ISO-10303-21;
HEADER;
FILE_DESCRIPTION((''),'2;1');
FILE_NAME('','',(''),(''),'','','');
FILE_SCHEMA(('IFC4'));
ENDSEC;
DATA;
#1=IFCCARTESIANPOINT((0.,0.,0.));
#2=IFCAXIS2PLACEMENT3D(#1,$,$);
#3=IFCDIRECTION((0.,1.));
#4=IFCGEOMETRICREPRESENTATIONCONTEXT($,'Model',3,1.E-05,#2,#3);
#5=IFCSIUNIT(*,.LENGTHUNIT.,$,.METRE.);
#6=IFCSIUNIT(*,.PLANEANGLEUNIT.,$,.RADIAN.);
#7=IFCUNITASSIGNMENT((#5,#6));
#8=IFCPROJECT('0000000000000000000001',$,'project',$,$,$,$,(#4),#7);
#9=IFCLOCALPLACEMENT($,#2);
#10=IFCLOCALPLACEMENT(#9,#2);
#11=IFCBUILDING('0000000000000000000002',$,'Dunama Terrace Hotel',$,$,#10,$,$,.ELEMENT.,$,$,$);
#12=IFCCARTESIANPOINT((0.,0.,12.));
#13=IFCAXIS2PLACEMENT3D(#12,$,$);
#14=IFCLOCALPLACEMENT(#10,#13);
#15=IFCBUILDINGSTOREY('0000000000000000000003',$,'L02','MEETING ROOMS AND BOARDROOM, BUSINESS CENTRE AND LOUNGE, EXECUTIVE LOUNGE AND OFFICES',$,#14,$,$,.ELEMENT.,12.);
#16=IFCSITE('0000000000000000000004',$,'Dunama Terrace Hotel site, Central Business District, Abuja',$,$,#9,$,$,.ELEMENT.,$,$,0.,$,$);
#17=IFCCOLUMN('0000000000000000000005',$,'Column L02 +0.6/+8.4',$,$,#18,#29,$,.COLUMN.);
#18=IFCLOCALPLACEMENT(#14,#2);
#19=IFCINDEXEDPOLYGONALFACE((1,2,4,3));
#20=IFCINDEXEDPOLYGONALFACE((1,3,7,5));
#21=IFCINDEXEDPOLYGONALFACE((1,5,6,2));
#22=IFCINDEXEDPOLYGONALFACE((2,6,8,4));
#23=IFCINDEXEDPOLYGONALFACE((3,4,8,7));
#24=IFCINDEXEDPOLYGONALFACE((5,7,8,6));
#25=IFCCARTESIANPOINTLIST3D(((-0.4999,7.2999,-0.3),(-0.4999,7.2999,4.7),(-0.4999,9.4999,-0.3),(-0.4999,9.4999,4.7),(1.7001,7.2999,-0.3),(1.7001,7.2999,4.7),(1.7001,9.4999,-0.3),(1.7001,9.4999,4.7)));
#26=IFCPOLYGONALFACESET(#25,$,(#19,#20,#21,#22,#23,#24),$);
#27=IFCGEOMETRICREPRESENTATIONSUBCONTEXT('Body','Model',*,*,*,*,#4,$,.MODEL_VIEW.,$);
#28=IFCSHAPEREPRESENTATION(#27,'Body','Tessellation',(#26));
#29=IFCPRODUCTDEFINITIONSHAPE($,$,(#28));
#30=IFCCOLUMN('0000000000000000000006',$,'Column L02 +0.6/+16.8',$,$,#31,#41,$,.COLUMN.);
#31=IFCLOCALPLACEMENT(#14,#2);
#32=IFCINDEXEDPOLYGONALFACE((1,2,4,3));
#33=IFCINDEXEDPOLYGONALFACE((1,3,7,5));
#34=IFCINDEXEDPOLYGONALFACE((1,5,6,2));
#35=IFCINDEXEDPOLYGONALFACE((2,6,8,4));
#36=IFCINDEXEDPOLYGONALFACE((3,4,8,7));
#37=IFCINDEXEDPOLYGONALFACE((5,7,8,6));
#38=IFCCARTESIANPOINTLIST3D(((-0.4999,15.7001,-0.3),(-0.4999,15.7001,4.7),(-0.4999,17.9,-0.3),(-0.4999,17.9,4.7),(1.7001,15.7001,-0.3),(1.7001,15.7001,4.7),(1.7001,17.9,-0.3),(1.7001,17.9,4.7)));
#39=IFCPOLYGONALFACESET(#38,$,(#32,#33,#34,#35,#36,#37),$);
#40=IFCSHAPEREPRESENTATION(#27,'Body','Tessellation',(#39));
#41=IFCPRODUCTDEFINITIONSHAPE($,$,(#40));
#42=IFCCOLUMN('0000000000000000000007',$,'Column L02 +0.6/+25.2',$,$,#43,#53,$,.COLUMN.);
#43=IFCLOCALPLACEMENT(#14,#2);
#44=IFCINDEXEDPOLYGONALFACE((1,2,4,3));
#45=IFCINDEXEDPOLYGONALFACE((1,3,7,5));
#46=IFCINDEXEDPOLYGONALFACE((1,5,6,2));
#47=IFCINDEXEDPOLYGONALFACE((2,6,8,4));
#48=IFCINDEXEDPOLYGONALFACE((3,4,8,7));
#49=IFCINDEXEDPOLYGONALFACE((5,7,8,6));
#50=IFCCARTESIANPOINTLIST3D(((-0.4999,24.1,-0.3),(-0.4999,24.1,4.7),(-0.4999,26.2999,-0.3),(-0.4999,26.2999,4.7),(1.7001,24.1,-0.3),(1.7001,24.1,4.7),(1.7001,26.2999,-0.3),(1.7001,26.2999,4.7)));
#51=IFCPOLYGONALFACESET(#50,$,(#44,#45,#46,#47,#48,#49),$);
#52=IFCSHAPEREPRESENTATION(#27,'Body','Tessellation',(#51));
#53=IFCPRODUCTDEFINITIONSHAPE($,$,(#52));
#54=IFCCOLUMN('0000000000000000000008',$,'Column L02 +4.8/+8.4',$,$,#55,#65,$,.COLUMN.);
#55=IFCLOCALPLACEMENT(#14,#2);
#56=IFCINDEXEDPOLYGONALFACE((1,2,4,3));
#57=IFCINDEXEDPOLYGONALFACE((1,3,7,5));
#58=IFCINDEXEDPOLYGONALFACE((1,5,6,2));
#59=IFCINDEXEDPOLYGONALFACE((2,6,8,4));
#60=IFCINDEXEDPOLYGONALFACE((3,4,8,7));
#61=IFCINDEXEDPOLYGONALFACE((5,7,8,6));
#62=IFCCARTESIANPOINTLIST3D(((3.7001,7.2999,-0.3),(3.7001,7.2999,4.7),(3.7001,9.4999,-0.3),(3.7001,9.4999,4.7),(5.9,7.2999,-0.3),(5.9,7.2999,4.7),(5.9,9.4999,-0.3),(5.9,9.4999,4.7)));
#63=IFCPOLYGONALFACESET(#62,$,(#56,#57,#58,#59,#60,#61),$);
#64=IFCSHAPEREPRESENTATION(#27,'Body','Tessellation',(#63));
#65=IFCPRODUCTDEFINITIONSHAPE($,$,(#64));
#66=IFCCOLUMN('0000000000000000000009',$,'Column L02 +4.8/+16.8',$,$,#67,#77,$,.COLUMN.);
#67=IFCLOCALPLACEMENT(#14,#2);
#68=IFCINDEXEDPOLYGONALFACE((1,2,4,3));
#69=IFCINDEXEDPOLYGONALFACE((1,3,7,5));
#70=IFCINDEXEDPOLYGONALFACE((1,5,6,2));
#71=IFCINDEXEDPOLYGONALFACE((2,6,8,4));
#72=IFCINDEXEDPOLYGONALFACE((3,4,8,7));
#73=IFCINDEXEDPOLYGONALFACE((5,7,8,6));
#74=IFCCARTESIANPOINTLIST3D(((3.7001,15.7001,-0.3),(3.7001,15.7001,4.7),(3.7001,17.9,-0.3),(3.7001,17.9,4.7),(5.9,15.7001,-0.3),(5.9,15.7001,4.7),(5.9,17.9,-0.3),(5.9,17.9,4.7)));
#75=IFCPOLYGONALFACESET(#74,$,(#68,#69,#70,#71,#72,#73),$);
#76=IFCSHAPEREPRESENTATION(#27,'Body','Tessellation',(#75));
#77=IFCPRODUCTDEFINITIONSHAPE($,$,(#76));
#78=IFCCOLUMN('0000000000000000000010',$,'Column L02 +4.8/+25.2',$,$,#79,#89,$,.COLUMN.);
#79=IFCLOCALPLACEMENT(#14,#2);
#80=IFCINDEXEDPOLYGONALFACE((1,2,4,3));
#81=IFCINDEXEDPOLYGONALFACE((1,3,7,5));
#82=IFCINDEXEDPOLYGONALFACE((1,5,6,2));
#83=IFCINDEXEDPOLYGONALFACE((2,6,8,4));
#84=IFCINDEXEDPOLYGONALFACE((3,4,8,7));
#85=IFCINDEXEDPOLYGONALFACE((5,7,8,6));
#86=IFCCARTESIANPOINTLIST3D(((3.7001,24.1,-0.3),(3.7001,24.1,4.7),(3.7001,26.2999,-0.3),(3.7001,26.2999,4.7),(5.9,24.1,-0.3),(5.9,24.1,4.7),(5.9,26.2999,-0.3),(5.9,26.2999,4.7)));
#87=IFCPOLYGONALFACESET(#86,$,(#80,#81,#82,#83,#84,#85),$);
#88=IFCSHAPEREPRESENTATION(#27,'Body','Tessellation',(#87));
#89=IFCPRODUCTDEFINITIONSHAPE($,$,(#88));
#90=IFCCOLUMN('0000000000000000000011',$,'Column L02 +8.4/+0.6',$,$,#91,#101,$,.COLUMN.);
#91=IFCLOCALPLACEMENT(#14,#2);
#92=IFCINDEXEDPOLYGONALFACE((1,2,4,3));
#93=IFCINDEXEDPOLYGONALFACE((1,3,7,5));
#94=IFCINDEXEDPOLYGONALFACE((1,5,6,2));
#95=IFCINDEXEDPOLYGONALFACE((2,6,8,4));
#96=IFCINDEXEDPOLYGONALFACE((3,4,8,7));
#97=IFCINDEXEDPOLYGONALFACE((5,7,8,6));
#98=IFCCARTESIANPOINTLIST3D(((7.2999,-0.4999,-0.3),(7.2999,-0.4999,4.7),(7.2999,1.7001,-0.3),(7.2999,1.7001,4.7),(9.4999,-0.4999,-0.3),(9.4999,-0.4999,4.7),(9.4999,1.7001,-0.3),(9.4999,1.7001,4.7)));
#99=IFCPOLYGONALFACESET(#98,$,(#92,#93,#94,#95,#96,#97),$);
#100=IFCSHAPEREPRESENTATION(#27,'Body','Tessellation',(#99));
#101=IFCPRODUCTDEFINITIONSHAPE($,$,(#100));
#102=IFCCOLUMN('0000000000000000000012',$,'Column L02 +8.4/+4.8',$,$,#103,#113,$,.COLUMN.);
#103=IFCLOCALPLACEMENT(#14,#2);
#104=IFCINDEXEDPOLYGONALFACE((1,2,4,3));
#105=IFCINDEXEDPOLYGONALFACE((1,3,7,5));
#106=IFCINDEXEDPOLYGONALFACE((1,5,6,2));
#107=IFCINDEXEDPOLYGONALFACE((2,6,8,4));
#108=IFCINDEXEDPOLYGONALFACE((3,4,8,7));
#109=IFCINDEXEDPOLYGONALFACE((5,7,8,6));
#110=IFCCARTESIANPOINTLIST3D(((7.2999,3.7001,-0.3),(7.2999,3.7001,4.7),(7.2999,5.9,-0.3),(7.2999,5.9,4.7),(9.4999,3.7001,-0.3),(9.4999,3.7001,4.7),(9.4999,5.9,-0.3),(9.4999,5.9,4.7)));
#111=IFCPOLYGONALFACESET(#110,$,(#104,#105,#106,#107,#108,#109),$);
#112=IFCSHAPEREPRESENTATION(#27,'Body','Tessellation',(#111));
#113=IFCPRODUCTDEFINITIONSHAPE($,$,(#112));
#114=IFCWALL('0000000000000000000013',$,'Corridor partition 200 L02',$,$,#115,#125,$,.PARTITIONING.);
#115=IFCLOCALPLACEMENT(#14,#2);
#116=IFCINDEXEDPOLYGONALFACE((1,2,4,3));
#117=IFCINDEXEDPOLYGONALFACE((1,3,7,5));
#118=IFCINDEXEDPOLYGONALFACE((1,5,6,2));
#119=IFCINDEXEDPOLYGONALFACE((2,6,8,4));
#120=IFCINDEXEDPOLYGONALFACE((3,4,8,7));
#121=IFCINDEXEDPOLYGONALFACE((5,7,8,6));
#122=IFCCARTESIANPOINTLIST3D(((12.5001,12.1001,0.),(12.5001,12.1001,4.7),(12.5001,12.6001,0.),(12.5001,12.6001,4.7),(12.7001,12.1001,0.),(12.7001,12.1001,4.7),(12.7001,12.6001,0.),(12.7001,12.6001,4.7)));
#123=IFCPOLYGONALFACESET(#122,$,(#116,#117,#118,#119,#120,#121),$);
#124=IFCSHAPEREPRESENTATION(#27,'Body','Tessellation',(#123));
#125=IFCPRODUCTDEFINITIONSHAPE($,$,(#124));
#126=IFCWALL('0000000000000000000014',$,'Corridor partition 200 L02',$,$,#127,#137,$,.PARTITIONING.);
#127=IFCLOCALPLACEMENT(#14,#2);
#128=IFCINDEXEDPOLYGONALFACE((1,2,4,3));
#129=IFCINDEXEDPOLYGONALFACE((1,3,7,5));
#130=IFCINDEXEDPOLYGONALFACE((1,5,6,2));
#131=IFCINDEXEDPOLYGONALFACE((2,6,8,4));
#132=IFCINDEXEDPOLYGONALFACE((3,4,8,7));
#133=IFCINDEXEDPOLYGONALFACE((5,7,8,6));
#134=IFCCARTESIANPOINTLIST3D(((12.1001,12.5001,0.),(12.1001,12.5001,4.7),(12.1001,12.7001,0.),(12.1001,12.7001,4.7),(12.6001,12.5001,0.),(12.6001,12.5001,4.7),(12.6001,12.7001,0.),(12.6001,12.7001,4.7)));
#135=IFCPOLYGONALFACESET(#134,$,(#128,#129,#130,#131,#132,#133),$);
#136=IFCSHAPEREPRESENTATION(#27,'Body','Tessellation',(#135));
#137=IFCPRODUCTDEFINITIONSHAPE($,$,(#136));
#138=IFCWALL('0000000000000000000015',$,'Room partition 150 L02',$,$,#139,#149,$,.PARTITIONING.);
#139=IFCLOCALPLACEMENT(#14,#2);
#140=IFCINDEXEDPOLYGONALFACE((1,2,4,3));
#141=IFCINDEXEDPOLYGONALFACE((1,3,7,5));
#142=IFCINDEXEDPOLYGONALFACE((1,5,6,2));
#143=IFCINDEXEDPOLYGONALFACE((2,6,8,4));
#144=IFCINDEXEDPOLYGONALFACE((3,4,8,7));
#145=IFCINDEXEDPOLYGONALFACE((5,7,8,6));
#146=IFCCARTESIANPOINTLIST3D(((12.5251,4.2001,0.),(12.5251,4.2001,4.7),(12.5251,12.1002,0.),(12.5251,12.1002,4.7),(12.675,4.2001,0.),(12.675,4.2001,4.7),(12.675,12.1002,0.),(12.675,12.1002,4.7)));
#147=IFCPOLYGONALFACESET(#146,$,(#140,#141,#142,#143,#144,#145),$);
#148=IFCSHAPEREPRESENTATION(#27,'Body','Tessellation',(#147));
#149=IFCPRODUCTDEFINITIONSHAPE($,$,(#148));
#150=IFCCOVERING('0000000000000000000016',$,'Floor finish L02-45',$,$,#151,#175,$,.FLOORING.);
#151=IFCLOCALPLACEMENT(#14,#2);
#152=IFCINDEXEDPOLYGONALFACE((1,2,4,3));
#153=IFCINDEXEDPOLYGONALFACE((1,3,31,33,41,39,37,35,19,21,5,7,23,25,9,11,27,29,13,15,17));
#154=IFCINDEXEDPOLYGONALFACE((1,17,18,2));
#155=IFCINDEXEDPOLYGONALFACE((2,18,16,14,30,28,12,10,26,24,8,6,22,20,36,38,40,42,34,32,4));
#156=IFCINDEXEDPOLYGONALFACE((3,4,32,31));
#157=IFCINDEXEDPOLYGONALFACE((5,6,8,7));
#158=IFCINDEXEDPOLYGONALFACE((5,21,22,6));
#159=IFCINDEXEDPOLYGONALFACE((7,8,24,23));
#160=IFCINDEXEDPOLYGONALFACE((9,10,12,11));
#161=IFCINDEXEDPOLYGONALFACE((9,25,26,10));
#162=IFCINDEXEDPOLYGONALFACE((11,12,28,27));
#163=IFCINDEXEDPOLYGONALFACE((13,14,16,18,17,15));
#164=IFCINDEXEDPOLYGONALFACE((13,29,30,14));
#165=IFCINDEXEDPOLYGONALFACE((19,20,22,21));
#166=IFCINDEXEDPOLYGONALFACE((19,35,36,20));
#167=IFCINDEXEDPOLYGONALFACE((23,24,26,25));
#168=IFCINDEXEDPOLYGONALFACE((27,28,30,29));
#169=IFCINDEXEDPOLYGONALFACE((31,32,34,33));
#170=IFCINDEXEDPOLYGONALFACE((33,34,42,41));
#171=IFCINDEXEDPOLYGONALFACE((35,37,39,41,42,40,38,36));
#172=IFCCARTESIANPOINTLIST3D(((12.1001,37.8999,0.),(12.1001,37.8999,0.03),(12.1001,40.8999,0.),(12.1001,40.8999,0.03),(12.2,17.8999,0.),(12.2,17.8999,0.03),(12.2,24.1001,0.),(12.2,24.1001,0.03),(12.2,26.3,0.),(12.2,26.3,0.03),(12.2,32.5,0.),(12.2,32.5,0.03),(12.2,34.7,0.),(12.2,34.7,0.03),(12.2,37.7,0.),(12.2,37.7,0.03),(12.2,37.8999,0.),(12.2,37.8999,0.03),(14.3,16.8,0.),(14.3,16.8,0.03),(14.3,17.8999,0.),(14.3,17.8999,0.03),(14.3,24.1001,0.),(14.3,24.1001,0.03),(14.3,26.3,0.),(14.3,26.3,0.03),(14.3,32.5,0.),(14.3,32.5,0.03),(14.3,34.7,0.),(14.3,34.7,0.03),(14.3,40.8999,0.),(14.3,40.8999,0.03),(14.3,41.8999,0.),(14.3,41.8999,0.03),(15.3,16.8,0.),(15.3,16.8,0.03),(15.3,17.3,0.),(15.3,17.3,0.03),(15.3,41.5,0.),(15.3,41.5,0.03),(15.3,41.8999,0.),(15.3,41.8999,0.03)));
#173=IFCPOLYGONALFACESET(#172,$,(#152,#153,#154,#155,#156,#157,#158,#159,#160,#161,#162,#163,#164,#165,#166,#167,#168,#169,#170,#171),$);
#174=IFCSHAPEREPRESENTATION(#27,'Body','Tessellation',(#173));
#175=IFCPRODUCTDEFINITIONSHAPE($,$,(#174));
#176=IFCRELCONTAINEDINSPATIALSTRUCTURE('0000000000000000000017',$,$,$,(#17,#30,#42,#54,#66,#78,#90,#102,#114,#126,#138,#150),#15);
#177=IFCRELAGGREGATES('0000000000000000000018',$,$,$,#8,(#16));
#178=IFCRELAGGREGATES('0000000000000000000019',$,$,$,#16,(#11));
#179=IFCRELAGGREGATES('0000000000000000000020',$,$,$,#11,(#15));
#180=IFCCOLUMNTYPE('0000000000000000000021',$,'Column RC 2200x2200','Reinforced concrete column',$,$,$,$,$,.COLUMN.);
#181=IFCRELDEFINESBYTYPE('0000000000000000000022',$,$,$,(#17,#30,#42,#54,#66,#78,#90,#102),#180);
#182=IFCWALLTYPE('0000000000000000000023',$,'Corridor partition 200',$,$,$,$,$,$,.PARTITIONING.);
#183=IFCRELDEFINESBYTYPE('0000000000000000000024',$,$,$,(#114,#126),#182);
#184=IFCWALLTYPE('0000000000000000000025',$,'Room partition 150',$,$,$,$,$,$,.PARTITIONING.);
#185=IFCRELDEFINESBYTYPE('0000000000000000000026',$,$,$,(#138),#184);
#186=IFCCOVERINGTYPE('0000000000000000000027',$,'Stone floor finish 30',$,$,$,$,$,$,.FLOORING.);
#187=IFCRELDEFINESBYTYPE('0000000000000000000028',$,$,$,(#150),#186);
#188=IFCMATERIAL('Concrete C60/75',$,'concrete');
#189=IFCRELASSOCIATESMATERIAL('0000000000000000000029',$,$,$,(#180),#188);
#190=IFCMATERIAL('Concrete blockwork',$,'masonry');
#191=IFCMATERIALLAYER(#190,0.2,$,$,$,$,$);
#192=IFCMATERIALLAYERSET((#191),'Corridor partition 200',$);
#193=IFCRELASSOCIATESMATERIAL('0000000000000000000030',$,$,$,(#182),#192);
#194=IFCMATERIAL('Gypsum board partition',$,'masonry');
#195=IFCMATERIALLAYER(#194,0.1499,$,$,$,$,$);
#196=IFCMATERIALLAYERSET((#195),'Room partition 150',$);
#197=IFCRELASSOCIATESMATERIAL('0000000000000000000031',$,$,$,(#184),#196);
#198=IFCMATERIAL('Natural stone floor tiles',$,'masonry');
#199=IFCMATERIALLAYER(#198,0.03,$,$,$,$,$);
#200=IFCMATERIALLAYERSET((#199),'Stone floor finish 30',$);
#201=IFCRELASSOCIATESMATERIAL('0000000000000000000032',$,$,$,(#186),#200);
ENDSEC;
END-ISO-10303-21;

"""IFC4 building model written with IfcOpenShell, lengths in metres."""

from ifc_helpers import new_model, si_unit, direction, frame, frame_2d, origin, origin_2d, place, context, subcontext, project, spatial, polyline, rectangle, outline, extrude, material, layer, layer_set, material_profile, profile_set, type_object, element, save


model = new_model("IFC4")

# Units and contexts
model_context = context("Model", 3, precision=1e-05, world=origin(), true_north=direction((0.0, 1.0)))
body_context = subcontext(model_context, "Body", "Model", "MODEL_VIEW")
ifc_project = project(units=[si_unit("LENGTHUNIT", "METRE"), si_unit("PLANEANGLEUNIT", "RADIAN")], contexts=[model_context])

# Site, building, storey
site_placement = place(None, origin())
site = spatial("IfcSite", under=ifc_project, at=site_placement, Name="Dunama Terrace Hotel site, Central Business District, Abuja", CompositionType="ELEMENT", RefElevation=0.0)
building_placement = place(site_placement, origin())
building = spatial("IfcBuilding", under=site, at=building_placement, Name="Dunama Terrace Hotel", CompositionType="ELEMENT")
storey_placement = place(building_placement, frame((0.0, 0.0, 12.0)))
storey = spatial("IfcBuildingStorey", under=building, at=storey_placement, Name="L02", Description="MEETING ROOMS AND BOARDROOM, BUSINESS CENTRE AND LOUNGE, EXECUTIVE LOUNGE AND OFFICES", CompositionType="ELEMENT", Elevation=12.0)

# Columns
ifc_material_1 = material(Name="Concrete C60/75", Category="concrete")
ifc_material_profile = material_profile(ifc_material_1, rectangle(XDim=2.2, YDim=2.2, at=origin_2d()), Name="RC 2200x2200")
ifc_profile_set = profile_set([ifc_material_profile], Name="Concrete C60/75")
column_type = type_object("IfcColumnType", Name="Column RC 2200x2200", Description="Reinforced concrete column", PredefinedType="COLUMN", material=ifc_profile_set)
for number, where, z_axis, x_axis, name in (
    (1, (0.6001, 8.3999, -0.3), (0.0, 0.0, 1.0), (1.0, 0.0, 0.0), "Column L02 +0.6/+8.4"),
    (2, (0.6001, 16.8, -0.3), (0.0, 0.0, 1.0), (1.0, 0.0, 0.0), "Column L02 +0.6/+16.8"),
    (3, (0.6001, 25.2, -0.3), (0.0, 0.0, 1.0), (1.0, 0.0, 0.0), "Column L02 +0.6/+25.2"),
    (4, (4.8, 8.3999, -0.3), (0.0, 0.0, 1.0), (1.0, 0.0, 0.0), "Column L02 +4.8/+8.4"),
    (5, (4.8, 16.8, -0.3), (0.0, 0.0, 1.0), (1.0, 0.0, 0.0), "Column L02 +4.8/+16.8"),
    (6, (4.8, 25.2, -0.3), (0.0, 0.0, 1.0), (1.0, 0.0, 0.0), "Column L02 +4.8/+25.2"),
    (7, (8.3999, 0.6001, -0.3), (0.0, 0.0, 1.0), (1.0, 0.0, 0.0), "Column L02 +8.4/+0.6"),
    (8, (8.3999, 4.8, -0.3), (0.0, 0.0, 1.0), (1.0, 0.0, 0.0), "Column L02 +8.4/+4.8"),
):
    element("IfcColumn", number, at=place(storey_placement, frame(where, z_axis=z_axis, x_axis=x_axis)), inside=storey, type_object=column_type, Name=name, PredefinedType="COLUMN", context=body_context, shape_type="SweptSolid", body=[
        extrude(rectangle(XDim=2.2, YDim=2.2, at=origin_2d()), origin(), (0.0, 0.0, 1.0), 5.0),
    ])

# Walls
ifc_material_2 = material(Name="Concrete blockwork", Category="masonry")
ifc_layer_1 = layer(ifc_material_2, 0.2)
ifc_layer_set_1 = layer_set([ifc_layer_1], Name="Corridor partition 200")
wall_type_1 = type_object("IfcWallType", Name="Corridor partition 200", PredefinedType="PARTITIONING", material=ifc_layer_set_1)
for number, where, z_axis, x_axis, name in (
    (9, (12.6001, 12.1001, 0.0), (0.0, 0.0, 1.0), (0.0, 1.0, 0.0), "Corridor partition 200 L02"),
    (10, (12.1001, 12.6001, 0.0), (0.0, 0.0, 1.0), (1.0, 0.0, 0.0), "Corridor partition 200 L02"),
):
    element("IfcWall", number, at=place(storey_placement, frame(where, z_axis=z_axis, x_axis=x_axis)), inside=storey, type_object=wall_type_1, Name=name, PredefinedType="PARTITIONING", context=body_context, shape_type="SweptSolid", body=[
        extrude(rectangle(XDim=0.5, YDim=0.2, at=frame_2d((0.25, 0.0))), origin(), (0.0, 0.0, 1.0), 4.7),
    ])
ifc_material_3 = material(Name="Gypsum board partition", Category="masonry")
ifc_layer_2 = layer(ifc_material_3, 0.1499)
ifc_layer_set_2 = layer_set([ifc_layer_2], Name="Room partition 150")
wall_type_2 = type_object("IfcWallType", Name="Room partition 150", PredefinedType="PARTITIONING", material=ifc_layer_set_2)
wall_placement = place(storey_placement, frame((12.6001, 4.2, 0.0), z_axis=(0.0, 0.0, 1.0), x_axis=(0.0, 1.0, 0.0)))
element("IfcWall", 11, at=wall_placement, inside=storey, type_object=wall_type_2, Name="Room partition 150 L02", PredefinedType="PARTITIONING", context=body_context, shape_type="SweptSolid", body=[
    extrude(rectangle(XDim=7.9001, YDim=0.1499, at=frame_2d((3.9502, 0.0))), origin(), (0.0, 0.0, 1.0), 4.7),
])

# Covering
ifc_material_4 = material(Name="Natural stone floor tiles", Category="masonry")
ifc_layer_3 = layer(ifc_material_4, 0.03)
ifc_layer_set_3 = layer_set([ifc_layer_3], Name="Stone floor finish 30")
covering_type_1 = type_object("IfcCoveringType", Name="Stone floor finish 30", PredefinedType="FLOORING", material=ifc_layer_set_3)
covering_1_placement = place(storey_placement, origin())
element("IfcCovering", 12, at=covering_1_placement, inside=storey, type_object=covering_type_1, Name="Floor finish L02-45", PredefinedType="FLOORING", context=body_context, shape_type="SweptSolid", body=[
    extrude(outline(polyline([(14.3, 16.8), (15.3, 16.8), (15.3, 17.3), (15.3, 41.5), (15.3, 41.8999), (14.3, 41.8999), (14.3, 40.8999), (12.1001, 40.8999), (12.1001, 37.8999), (12.2, 37.8999), (12.2, 37.7), (12.2, 34.7), (14.3, 34.7), (14.3, 32.5), (12.2, 32.5), (12.2, 26.3), (14.3, 26.3), (14.3, 24.1001), (12.2, 24.1001), (12.2, 17.8999), (14.3, 17.8999), (14.3, 16.8)])), origin(), (0.0, 0.0, 1.0), 0.03),
])

save(model, "model.ifc")
